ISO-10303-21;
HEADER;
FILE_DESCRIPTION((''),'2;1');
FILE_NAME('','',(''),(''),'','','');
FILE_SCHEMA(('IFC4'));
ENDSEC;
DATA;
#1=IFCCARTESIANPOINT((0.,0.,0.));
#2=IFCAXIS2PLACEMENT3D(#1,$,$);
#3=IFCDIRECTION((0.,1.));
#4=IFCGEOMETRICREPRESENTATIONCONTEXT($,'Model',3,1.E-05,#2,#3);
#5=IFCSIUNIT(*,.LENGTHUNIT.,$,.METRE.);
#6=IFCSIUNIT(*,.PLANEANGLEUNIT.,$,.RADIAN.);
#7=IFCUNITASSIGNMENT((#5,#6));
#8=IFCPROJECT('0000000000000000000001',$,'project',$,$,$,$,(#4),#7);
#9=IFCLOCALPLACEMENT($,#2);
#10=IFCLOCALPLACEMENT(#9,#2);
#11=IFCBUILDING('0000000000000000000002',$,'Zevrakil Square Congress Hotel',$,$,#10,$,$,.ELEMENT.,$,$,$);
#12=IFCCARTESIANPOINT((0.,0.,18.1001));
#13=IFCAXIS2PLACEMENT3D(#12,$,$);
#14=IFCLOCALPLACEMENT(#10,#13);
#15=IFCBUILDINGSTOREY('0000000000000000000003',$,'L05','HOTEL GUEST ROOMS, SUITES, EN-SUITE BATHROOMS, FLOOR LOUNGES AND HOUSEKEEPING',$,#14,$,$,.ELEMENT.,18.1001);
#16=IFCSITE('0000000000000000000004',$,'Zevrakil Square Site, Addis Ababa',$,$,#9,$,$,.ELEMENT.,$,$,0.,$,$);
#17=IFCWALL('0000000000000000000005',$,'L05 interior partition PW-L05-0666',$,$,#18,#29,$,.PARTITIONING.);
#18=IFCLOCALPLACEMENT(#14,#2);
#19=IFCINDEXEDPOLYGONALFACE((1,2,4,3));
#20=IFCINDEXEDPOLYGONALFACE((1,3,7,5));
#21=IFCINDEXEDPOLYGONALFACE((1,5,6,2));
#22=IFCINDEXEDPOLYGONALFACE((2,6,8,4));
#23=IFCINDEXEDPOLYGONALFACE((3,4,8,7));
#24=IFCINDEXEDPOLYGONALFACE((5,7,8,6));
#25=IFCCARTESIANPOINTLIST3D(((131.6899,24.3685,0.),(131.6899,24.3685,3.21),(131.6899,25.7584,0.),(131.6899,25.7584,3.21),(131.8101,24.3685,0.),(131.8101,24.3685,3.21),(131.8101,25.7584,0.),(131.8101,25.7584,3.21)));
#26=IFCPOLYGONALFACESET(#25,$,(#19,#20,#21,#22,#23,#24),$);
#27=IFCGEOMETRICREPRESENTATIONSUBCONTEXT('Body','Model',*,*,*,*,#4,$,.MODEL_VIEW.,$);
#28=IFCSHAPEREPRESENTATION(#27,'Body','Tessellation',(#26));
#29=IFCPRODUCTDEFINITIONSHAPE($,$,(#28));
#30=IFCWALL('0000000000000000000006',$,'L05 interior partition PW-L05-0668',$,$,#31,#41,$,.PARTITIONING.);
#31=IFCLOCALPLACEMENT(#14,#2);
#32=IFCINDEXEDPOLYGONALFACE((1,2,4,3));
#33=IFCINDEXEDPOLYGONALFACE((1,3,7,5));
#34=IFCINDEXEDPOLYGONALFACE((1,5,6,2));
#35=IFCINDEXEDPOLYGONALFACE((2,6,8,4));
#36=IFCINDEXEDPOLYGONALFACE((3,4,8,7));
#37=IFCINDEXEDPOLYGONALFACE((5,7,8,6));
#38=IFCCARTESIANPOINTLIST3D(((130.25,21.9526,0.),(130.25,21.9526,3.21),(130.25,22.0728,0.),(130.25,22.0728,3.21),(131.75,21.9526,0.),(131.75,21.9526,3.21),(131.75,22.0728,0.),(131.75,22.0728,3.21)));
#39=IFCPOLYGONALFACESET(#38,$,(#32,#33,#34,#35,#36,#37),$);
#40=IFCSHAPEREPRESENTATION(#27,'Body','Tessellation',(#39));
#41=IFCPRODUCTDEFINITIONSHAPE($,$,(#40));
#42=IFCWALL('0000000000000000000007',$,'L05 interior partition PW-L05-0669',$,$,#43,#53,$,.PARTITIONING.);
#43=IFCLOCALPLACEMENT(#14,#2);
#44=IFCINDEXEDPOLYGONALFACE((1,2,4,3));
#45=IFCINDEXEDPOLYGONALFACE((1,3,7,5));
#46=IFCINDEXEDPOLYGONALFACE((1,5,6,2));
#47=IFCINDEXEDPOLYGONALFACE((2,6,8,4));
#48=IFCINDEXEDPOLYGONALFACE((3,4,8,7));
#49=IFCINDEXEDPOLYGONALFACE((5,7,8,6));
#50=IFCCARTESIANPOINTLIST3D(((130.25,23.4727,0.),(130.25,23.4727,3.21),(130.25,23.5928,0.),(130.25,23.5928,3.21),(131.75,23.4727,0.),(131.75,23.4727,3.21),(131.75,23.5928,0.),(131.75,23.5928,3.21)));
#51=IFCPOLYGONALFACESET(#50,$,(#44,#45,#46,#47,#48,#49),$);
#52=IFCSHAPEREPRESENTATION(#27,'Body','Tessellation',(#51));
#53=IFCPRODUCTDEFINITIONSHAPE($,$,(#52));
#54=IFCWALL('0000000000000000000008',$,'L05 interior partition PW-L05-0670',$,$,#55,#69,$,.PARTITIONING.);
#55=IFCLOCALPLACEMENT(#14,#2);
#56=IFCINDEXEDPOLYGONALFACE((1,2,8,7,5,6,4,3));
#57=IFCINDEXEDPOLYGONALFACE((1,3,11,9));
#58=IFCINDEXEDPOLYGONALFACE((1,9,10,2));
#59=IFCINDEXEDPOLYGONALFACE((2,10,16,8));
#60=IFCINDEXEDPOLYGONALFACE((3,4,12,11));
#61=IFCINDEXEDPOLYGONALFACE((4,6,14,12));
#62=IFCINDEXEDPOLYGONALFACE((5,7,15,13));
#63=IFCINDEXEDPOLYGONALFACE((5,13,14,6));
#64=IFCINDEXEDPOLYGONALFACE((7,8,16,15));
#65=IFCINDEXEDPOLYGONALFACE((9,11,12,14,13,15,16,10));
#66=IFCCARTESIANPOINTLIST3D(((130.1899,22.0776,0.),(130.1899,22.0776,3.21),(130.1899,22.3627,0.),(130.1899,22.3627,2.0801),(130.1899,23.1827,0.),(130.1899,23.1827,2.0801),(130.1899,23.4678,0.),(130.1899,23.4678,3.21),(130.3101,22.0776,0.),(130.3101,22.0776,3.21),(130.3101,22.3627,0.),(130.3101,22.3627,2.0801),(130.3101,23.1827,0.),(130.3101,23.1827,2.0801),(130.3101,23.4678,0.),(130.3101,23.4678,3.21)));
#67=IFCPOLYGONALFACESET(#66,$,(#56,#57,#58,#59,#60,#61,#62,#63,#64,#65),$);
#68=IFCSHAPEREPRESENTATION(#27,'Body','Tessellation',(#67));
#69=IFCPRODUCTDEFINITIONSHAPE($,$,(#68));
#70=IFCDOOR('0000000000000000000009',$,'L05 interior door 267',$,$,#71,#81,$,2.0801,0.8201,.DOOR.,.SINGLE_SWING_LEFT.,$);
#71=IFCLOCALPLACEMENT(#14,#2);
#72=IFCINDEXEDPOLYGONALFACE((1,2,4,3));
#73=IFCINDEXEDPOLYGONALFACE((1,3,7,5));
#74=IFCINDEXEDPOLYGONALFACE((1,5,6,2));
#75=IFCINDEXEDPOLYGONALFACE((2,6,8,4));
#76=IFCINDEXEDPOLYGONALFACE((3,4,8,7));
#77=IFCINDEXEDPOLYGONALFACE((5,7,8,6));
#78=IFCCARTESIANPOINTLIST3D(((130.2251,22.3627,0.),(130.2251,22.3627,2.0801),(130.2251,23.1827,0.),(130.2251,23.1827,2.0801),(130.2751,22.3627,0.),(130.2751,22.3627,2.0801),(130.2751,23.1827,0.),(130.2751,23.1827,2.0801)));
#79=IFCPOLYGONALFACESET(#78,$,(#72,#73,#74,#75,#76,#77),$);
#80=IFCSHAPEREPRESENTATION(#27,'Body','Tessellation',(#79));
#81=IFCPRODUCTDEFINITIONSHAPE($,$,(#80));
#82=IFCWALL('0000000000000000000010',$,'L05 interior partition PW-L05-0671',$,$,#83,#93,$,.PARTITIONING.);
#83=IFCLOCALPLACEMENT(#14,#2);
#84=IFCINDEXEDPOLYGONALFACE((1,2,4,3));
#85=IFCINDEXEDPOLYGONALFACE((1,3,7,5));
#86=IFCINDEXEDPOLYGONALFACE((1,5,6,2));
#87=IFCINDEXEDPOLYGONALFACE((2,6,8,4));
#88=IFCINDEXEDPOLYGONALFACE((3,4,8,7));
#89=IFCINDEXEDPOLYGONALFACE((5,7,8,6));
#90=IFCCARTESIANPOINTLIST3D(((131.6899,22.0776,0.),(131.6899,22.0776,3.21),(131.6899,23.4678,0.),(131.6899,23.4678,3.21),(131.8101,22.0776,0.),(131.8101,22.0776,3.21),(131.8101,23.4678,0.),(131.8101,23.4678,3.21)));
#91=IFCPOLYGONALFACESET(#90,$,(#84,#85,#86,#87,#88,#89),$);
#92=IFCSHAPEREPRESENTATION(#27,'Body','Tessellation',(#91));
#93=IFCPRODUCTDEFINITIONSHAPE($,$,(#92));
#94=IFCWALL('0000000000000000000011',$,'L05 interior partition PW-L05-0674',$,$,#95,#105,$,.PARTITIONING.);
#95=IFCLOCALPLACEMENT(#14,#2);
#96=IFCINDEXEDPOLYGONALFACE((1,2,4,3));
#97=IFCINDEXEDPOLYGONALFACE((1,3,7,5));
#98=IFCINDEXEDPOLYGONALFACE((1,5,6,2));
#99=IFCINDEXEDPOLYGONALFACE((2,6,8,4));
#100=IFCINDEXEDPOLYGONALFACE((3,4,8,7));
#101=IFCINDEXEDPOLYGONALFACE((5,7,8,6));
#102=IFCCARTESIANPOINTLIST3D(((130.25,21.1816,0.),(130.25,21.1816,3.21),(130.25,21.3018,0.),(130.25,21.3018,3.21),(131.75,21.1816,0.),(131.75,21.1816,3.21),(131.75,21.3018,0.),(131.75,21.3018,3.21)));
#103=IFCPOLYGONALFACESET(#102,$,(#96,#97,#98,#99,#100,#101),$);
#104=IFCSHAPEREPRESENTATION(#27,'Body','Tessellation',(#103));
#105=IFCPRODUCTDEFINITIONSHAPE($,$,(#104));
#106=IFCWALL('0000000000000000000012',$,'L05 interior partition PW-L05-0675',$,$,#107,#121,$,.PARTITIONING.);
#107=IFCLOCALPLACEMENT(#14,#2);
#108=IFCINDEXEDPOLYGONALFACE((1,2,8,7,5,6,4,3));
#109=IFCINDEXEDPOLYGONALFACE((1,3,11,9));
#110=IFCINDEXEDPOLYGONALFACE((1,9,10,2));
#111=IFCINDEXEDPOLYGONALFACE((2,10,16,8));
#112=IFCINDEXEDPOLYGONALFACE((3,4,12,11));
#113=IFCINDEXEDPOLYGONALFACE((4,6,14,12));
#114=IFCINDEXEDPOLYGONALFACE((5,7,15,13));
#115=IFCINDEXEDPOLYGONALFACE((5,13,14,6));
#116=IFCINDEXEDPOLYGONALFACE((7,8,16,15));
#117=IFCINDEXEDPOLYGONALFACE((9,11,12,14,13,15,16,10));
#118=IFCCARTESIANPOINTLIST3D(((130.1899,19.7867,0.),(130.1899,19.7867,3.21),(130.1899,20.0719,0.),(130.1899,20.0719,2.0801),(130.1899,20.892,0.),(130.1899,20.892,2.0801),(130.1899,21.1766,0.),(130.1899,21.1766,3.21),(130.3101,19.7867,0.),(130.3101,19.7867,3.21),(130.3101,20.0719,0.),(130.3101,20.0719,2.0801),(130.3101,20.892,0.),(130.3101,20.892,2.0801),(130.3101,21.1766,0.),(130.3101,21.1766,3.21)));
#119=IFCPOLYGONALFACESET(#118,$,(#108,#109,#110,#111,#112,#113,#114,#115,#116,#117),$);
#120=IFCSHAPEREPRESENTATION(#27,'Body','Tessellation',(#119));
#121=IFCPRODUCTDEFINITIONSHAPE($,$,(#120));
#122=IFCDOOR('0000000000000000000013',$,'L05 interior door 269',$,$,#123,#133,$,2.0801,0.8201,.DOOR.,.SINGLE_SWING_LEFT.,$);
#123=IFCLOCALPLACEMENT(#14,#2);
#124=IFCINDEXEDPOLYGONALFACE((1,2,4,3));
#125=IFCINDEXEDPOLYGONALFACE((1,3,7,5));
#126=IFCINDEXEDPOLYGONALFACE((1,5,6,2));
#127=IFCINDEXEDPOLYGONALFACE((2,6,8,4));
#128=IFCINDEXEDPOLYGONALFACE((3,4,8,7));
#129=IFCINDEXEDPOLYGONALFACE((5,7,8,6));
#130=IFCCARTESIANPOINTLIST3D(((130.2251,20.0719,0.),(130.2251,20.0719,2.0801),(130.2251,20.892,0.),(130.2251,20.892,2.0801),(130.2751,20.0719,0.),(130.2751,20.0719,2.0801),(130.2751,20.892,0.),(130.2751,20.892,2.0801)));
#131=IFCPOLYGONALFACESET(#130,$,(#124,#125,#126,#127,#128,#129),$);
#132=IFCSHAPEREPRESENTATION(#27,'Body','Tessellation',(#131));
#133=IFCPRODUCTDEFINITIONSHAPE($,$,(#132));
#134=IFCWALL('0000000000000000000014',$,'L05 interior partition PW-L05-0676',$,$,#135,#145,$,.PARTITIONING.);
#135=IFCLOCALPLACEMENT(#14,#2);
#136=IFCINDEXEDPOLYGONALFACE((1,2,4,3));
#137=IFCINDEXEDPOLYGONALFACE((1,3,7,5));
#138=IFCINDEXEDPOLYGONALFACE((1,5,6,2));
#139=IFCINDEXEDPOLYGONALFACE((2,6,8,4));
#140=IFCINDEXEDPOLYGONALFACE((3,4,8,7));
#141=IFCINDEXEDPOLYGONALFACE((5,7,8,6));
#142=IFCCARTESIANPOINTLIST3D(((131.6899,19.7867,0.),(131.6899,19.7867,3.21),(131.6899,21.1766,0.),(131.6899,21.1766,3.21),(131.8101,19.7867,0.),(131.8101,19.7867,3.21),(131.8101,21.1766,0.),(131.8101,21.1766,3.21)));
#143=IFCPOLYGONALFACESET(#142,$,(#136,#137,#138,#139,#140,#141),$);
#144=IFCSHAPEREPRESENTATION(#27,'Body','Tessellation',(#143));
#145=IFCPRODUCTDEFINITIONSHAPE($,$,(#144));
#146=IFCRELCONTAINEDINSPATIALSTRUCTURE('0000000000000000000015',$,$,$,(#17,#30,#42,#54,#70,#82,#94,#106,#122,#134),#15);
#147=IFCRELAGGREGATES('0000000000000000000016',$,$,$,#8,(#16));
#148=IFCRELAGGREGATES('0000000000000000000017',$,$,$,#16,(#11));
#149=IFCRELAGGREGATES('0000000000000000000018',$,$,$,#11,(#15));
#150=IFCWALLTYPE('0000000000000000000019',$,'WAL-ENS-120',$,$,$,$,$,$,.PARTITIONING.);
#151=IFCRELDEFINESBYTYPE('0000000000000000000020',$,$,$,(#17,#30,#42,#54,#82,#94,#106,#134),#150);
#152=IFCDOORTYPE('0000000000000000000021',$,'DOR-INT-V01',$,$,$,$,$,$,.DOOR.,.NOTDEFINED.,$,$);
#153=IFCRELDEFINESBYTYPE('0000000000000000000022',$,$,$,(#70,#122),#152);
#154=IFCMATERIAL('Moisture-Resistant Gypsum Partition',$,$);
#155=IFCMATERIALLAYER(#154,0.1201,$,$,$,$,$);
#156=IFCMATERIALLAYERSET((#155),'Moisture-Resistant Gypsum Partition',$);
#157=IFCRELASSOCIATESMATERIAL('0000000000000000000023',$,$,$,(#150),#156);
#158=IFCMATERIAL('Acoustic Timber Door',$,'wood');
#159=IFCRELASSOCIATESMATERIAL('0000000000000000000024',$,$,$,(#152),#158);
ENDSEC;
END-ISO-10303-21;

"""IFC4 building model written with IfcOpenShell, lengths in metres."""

from ifc_helpers import new_model, si_unit, direction, frame, frame_2d, origin, place, context, subcontext, project, spatial, rectangle, extrude, material, layer, layer_set, type_object, element, fill, save


model = new_model("IFC4")

# Units and contexts
model_context = context("Model", 3, precision=1e-05, world=origin(), true_north=direction((0.0, 1.0)))
body_context = subcontext(model_context, "Body", "Model", "MODEL_VIEW")
ifc_project = project(units=[si_unit("LENGTHUNIT", "METRE"), si_unit("PLANEANGLEUNIT", "RADIAN")], contexts=[model_context])

# Site, building, storey
site_placement = place(None, origin())
site = spatial("IfcSite", under=ifc_project, at=site_placement, Name="Zevrakil Square Site, Addis Ababa", CompositionType="ELEMENT", RefElevation=0.0)
building_placement = place(site_placement, origin())
building = spatial("IfcBuilding", under=site, at=building_placement, Name="Zevrakil Square Congress Hotel", CompositionType="ELEMENT")
storey_placement = place(building_placement, frame((0.0, 0.0, 18.1001)))
storey = spatial("IfcBuildingStorey", under=building, at=storey_placement, Name="L05", Description="HOTEL GUEST ROOMS, SUITES, EN-SUITE BATHROOMS, FLOOR LOUNGES AND HOUSEKEEPING", CompositionType="ELEMENT", Elevation=18.1001)

# Shared definitions
ifc_material_1 = material(Name="Moisture-Resistant Gypsum Partition")
ifc_layer = layer(ifc_material_1, 0.1201)
ifc_layer_set = layer_set([ifc_layer], Name="Moisture-Resistant Gypsum Partition")
wall_type = type_object("IfcWallType", Name="WAL-ENS-120", PredefinedType="PARTITIONING", material=ifc_layer_set)

# Shared definitions
ifc_material_2 = material(Name="Acoustic Timber Door", Category="wood")
door_type = type_object("IfcDoorType", Name="DOR-INT-V01", OperationType="NOTDEFINED", PredefinedType="DOOR", material=ifc_material_2)

# Walls
wall_1_placement = place(storey_placement, frame((131.75, 24.3687, 0.0), z_axis=(0.0, 0.0, 1.0), x_axis=(0.0, 1.0, 0.0)))
element("IfcWall", 1, at=wall_1_placement, inside=storey, type_object=wall_type, Name="L05 interior partition PW-L05-0666", PredefinedType="PARTITIONING", context=body_context, shape_type="SweptSolid", body=[
    extrude(rectangle(XDim=1.3899, YDim=0.1201, at=frame_2d((0.6948, 0.0))), origin(), (0.0, 0.0, 1.0), 3.21),
])
for number, where, z_axis, x_axis, name in (
    (2, (130.25, 22.0127, 0.0), (0.0, 0.0, 1.0), (1.0, 0.0, 0.0), "L05 interior partition PW-L05-0668"),
    (3, (130.25, 23.5327, 0.0), (0.0, 0.0, 1.0), (1.0, 0.0, 0.0), "L05 interior partition PW-L05-0669"),
):
    element("IfcWall", number, at=place(storey_placement, frame(where, z_axis=z_axis, x_axis=x_axis)), inside=storey, type_object=wall_type, Name=name, PredefinedType="PARTITIONING", context=body_context, shape_type="SweptSolid", body=[
        extrude(rectangle(XDim=1.5, YDim=0.1201, at=frame_2d((0.75, 0.0))), origin(), (0.0, 0.0, 1.0), 3.21),
    ])

# Wall, opening, door
wall_2_placement = place(storey_placement, frame((130.25, 22.0776, 0.0), z_axis=(0.0, 0.0, 1.0), x_axis=(0.0, 1.0, 0.0)))
wall_2 = element("IfcWall", 4, at=wall_2_placement, inside=storey, type_object=wall_type, Name="L05 interior partition PW-L05-0670", PredefinedType="PARTITIONING", context=body_context, shape_type="SweptSolid", body=[
    extrude(rectangle(XDim=1.3901, YDim=0.1201, at=frame_2d((0.6951, 0.0))), origin(), (0.0, 0.0, 1.0), 3.21),
])
opening_1_placement = place(wall_2_placement, frame((0.2849, 0.0, 0.0)))
opening_1 = element("IfcOpeningElement", 5, at=opening_1_placement, cuts=wall_2, PredefinedType="OPENING", context=body_context, shape_type="SweptSolid", body=[
    extrude(rectangle(XDim=0.8201, YDim=2.0801, at=frame_2d((0.4102, 1.04))), frame((0.0, 0.0701, 0.0), z_axis=(0.0, -1.0, 0.0), x_axis=(1.0, 0.0, 0.0)), (0.0, 0.0, 1.0), 0.1401),
])
door_1_placement = place(opening_1_placement, origin())
door_1 = element("IfcDoor", 6, at=door_1_placement, inside=storey, type_object=door_type, Name="L05 interior door 267", OperationType="SINGLE_SWING_LEFT", OverallHeight=2.0801, OverallWidth=0.8201, PredefinedType="DOOR", context=body_context, shape_type="SweptSolid", body=[
    extrude(rectangle(XDim=0.8201, YDim=2.0801, at=frame_2d((0.4102, 1.04))), frame((0.0, 0.0249, 0.0), z_axis=(0.0, -1.0, 0.0), x_axis=(1.0, 0.0, 0.0)), (0.0, 0.0, 1.0), 0.05),
])
fill(opening_1, door_1)

# Walls
wall_3_placement = place(storey_placement, frame((131.75, 22.0776, 0.0), z_axis=(0.0, 0.0, 1.0), x_axis=(0.0, 1.0, 0.0)))
element("IfcWall", 7, at=wall_3_placement, inside=storey, type_object=wall_type, Name="L05 interior partition PW-L05-0671", PredefinedType="PARTITIONING", context=body_context, shape_type="SweptSolid", body=[
    extrude(rectangle(XDim=1.3901, YDim=0.1201, at=frame_2d((0.6951, 0.0))), origin(), (0.0, 0.0, 1.0), 3.21),
])
wall_4_placement = place(storey_placement, frame((130.25, 21.2417, 0.0), z_axis=(0.0, 0.0, 1.0), x_axis=(1.0, 0.0, 0.0)))
element("IfcWall", 8, at=wall_4_placement, inside=storey, type_object=wall_type, Name="L05 interior partition PW-L05-0674", PredefinedType="PARTITIONING", context=body_context, shape_type="SweptSolid", body=[
    extrude(rectangle(XDim=1.5, YDim=0.1201, at=frame_2d((0.75, 0.0))), origin(), (0.0, 0.0, 1.0), 3.21),
])

# Wall, opening, door
wall_5_placement = place(storey_placement, frame((130.25, 19.7869, 0.0), z_axis=(0.0, 0.0, 1.0), x_axis=(0.0, 1.0, 0.0)))
wall_5 = element("IfcWall", 9, at=wall_5_placement, inside=storey, type_object=wall_type, Name="L05 interior partition PW-L05-0675", PredefinedType="PARTITIONING", context=body_context, shape_type="SweptSolid", body=[
    extrude(rectangle(XDim=1.3899, YDim=0.1201, at=frame_2d((0.6948, 0.0))), origin(), (0.0, 0.0, 1.0), 3.21),
])
opening_2_placement = place(wall_5_placement, frame((0.2849, 0.0, 0.0)))
opening_2 = element("IfcOpeningElement", 10, at=opening_2_placement, cuts=wall_5, PredefinedType="OPENING", context=body_context, shape_type="SweptSolid", body=[
    extrude(rectangle(XDim=0.8201, YDim=2.0801, at=frame_2d((0.4102, 1.04))), frame((0.0, 0.0701, 0.0), z_axis=(0.0, -1.0, 0.0), x_axis=(1.0, 0.0, 0.0)), (0.0, 0.0, 1.0), 0.1401),
])
door_2_placement = place(opening_2_placement, origin())
door_2 = element("IfcDoor", 11, at=door_2_placement, inside=storey, type_object=door_type, Name="L05 interior door 269", OperationType="SINGLE_SWING_LEFT", OverallHeight=2.0801, OverallWidth=0.8201, PredefinedType="DOOR", context=body_context, shape_type="SweptSolid", body=[
    extrude(rectangle(XDim=0.8201, YDim=2.0801, at=frame_2d((0.4102, 1.04))), frame((0.0, 0.0249, 0.0), z_axis=(0.0, -1.0, 0.0), x_axis=(1.0, 0.0, 0.0)), (0.0, 0.0, 1.0), 0.05),
])
fill(opening_2, door_2)

# Wall
wall_6_placement = place(storey_placement, frame((131.75, 19.7869, 0.0), z_axis=(0.0, 0.0, 1.0), x_axis=(0.0, 1.0, 0.0)))
element("IfcWall", 12, at=wall_6_placement, inside=storey, type_object=wall_type, Name="L05 interior partition PW-L05-0676", PredefinedType="PARTITIONING", context=body_context, shape_type="SweptSolid", body=[
    extrude(rectangle(XDim=1.3899, YDim=0.1201, at=frame_2d((0.6948, 0.0))), origin(), (0.0, 0.0, 1.0), 3.21),
])

save(model, "model.ifc")
